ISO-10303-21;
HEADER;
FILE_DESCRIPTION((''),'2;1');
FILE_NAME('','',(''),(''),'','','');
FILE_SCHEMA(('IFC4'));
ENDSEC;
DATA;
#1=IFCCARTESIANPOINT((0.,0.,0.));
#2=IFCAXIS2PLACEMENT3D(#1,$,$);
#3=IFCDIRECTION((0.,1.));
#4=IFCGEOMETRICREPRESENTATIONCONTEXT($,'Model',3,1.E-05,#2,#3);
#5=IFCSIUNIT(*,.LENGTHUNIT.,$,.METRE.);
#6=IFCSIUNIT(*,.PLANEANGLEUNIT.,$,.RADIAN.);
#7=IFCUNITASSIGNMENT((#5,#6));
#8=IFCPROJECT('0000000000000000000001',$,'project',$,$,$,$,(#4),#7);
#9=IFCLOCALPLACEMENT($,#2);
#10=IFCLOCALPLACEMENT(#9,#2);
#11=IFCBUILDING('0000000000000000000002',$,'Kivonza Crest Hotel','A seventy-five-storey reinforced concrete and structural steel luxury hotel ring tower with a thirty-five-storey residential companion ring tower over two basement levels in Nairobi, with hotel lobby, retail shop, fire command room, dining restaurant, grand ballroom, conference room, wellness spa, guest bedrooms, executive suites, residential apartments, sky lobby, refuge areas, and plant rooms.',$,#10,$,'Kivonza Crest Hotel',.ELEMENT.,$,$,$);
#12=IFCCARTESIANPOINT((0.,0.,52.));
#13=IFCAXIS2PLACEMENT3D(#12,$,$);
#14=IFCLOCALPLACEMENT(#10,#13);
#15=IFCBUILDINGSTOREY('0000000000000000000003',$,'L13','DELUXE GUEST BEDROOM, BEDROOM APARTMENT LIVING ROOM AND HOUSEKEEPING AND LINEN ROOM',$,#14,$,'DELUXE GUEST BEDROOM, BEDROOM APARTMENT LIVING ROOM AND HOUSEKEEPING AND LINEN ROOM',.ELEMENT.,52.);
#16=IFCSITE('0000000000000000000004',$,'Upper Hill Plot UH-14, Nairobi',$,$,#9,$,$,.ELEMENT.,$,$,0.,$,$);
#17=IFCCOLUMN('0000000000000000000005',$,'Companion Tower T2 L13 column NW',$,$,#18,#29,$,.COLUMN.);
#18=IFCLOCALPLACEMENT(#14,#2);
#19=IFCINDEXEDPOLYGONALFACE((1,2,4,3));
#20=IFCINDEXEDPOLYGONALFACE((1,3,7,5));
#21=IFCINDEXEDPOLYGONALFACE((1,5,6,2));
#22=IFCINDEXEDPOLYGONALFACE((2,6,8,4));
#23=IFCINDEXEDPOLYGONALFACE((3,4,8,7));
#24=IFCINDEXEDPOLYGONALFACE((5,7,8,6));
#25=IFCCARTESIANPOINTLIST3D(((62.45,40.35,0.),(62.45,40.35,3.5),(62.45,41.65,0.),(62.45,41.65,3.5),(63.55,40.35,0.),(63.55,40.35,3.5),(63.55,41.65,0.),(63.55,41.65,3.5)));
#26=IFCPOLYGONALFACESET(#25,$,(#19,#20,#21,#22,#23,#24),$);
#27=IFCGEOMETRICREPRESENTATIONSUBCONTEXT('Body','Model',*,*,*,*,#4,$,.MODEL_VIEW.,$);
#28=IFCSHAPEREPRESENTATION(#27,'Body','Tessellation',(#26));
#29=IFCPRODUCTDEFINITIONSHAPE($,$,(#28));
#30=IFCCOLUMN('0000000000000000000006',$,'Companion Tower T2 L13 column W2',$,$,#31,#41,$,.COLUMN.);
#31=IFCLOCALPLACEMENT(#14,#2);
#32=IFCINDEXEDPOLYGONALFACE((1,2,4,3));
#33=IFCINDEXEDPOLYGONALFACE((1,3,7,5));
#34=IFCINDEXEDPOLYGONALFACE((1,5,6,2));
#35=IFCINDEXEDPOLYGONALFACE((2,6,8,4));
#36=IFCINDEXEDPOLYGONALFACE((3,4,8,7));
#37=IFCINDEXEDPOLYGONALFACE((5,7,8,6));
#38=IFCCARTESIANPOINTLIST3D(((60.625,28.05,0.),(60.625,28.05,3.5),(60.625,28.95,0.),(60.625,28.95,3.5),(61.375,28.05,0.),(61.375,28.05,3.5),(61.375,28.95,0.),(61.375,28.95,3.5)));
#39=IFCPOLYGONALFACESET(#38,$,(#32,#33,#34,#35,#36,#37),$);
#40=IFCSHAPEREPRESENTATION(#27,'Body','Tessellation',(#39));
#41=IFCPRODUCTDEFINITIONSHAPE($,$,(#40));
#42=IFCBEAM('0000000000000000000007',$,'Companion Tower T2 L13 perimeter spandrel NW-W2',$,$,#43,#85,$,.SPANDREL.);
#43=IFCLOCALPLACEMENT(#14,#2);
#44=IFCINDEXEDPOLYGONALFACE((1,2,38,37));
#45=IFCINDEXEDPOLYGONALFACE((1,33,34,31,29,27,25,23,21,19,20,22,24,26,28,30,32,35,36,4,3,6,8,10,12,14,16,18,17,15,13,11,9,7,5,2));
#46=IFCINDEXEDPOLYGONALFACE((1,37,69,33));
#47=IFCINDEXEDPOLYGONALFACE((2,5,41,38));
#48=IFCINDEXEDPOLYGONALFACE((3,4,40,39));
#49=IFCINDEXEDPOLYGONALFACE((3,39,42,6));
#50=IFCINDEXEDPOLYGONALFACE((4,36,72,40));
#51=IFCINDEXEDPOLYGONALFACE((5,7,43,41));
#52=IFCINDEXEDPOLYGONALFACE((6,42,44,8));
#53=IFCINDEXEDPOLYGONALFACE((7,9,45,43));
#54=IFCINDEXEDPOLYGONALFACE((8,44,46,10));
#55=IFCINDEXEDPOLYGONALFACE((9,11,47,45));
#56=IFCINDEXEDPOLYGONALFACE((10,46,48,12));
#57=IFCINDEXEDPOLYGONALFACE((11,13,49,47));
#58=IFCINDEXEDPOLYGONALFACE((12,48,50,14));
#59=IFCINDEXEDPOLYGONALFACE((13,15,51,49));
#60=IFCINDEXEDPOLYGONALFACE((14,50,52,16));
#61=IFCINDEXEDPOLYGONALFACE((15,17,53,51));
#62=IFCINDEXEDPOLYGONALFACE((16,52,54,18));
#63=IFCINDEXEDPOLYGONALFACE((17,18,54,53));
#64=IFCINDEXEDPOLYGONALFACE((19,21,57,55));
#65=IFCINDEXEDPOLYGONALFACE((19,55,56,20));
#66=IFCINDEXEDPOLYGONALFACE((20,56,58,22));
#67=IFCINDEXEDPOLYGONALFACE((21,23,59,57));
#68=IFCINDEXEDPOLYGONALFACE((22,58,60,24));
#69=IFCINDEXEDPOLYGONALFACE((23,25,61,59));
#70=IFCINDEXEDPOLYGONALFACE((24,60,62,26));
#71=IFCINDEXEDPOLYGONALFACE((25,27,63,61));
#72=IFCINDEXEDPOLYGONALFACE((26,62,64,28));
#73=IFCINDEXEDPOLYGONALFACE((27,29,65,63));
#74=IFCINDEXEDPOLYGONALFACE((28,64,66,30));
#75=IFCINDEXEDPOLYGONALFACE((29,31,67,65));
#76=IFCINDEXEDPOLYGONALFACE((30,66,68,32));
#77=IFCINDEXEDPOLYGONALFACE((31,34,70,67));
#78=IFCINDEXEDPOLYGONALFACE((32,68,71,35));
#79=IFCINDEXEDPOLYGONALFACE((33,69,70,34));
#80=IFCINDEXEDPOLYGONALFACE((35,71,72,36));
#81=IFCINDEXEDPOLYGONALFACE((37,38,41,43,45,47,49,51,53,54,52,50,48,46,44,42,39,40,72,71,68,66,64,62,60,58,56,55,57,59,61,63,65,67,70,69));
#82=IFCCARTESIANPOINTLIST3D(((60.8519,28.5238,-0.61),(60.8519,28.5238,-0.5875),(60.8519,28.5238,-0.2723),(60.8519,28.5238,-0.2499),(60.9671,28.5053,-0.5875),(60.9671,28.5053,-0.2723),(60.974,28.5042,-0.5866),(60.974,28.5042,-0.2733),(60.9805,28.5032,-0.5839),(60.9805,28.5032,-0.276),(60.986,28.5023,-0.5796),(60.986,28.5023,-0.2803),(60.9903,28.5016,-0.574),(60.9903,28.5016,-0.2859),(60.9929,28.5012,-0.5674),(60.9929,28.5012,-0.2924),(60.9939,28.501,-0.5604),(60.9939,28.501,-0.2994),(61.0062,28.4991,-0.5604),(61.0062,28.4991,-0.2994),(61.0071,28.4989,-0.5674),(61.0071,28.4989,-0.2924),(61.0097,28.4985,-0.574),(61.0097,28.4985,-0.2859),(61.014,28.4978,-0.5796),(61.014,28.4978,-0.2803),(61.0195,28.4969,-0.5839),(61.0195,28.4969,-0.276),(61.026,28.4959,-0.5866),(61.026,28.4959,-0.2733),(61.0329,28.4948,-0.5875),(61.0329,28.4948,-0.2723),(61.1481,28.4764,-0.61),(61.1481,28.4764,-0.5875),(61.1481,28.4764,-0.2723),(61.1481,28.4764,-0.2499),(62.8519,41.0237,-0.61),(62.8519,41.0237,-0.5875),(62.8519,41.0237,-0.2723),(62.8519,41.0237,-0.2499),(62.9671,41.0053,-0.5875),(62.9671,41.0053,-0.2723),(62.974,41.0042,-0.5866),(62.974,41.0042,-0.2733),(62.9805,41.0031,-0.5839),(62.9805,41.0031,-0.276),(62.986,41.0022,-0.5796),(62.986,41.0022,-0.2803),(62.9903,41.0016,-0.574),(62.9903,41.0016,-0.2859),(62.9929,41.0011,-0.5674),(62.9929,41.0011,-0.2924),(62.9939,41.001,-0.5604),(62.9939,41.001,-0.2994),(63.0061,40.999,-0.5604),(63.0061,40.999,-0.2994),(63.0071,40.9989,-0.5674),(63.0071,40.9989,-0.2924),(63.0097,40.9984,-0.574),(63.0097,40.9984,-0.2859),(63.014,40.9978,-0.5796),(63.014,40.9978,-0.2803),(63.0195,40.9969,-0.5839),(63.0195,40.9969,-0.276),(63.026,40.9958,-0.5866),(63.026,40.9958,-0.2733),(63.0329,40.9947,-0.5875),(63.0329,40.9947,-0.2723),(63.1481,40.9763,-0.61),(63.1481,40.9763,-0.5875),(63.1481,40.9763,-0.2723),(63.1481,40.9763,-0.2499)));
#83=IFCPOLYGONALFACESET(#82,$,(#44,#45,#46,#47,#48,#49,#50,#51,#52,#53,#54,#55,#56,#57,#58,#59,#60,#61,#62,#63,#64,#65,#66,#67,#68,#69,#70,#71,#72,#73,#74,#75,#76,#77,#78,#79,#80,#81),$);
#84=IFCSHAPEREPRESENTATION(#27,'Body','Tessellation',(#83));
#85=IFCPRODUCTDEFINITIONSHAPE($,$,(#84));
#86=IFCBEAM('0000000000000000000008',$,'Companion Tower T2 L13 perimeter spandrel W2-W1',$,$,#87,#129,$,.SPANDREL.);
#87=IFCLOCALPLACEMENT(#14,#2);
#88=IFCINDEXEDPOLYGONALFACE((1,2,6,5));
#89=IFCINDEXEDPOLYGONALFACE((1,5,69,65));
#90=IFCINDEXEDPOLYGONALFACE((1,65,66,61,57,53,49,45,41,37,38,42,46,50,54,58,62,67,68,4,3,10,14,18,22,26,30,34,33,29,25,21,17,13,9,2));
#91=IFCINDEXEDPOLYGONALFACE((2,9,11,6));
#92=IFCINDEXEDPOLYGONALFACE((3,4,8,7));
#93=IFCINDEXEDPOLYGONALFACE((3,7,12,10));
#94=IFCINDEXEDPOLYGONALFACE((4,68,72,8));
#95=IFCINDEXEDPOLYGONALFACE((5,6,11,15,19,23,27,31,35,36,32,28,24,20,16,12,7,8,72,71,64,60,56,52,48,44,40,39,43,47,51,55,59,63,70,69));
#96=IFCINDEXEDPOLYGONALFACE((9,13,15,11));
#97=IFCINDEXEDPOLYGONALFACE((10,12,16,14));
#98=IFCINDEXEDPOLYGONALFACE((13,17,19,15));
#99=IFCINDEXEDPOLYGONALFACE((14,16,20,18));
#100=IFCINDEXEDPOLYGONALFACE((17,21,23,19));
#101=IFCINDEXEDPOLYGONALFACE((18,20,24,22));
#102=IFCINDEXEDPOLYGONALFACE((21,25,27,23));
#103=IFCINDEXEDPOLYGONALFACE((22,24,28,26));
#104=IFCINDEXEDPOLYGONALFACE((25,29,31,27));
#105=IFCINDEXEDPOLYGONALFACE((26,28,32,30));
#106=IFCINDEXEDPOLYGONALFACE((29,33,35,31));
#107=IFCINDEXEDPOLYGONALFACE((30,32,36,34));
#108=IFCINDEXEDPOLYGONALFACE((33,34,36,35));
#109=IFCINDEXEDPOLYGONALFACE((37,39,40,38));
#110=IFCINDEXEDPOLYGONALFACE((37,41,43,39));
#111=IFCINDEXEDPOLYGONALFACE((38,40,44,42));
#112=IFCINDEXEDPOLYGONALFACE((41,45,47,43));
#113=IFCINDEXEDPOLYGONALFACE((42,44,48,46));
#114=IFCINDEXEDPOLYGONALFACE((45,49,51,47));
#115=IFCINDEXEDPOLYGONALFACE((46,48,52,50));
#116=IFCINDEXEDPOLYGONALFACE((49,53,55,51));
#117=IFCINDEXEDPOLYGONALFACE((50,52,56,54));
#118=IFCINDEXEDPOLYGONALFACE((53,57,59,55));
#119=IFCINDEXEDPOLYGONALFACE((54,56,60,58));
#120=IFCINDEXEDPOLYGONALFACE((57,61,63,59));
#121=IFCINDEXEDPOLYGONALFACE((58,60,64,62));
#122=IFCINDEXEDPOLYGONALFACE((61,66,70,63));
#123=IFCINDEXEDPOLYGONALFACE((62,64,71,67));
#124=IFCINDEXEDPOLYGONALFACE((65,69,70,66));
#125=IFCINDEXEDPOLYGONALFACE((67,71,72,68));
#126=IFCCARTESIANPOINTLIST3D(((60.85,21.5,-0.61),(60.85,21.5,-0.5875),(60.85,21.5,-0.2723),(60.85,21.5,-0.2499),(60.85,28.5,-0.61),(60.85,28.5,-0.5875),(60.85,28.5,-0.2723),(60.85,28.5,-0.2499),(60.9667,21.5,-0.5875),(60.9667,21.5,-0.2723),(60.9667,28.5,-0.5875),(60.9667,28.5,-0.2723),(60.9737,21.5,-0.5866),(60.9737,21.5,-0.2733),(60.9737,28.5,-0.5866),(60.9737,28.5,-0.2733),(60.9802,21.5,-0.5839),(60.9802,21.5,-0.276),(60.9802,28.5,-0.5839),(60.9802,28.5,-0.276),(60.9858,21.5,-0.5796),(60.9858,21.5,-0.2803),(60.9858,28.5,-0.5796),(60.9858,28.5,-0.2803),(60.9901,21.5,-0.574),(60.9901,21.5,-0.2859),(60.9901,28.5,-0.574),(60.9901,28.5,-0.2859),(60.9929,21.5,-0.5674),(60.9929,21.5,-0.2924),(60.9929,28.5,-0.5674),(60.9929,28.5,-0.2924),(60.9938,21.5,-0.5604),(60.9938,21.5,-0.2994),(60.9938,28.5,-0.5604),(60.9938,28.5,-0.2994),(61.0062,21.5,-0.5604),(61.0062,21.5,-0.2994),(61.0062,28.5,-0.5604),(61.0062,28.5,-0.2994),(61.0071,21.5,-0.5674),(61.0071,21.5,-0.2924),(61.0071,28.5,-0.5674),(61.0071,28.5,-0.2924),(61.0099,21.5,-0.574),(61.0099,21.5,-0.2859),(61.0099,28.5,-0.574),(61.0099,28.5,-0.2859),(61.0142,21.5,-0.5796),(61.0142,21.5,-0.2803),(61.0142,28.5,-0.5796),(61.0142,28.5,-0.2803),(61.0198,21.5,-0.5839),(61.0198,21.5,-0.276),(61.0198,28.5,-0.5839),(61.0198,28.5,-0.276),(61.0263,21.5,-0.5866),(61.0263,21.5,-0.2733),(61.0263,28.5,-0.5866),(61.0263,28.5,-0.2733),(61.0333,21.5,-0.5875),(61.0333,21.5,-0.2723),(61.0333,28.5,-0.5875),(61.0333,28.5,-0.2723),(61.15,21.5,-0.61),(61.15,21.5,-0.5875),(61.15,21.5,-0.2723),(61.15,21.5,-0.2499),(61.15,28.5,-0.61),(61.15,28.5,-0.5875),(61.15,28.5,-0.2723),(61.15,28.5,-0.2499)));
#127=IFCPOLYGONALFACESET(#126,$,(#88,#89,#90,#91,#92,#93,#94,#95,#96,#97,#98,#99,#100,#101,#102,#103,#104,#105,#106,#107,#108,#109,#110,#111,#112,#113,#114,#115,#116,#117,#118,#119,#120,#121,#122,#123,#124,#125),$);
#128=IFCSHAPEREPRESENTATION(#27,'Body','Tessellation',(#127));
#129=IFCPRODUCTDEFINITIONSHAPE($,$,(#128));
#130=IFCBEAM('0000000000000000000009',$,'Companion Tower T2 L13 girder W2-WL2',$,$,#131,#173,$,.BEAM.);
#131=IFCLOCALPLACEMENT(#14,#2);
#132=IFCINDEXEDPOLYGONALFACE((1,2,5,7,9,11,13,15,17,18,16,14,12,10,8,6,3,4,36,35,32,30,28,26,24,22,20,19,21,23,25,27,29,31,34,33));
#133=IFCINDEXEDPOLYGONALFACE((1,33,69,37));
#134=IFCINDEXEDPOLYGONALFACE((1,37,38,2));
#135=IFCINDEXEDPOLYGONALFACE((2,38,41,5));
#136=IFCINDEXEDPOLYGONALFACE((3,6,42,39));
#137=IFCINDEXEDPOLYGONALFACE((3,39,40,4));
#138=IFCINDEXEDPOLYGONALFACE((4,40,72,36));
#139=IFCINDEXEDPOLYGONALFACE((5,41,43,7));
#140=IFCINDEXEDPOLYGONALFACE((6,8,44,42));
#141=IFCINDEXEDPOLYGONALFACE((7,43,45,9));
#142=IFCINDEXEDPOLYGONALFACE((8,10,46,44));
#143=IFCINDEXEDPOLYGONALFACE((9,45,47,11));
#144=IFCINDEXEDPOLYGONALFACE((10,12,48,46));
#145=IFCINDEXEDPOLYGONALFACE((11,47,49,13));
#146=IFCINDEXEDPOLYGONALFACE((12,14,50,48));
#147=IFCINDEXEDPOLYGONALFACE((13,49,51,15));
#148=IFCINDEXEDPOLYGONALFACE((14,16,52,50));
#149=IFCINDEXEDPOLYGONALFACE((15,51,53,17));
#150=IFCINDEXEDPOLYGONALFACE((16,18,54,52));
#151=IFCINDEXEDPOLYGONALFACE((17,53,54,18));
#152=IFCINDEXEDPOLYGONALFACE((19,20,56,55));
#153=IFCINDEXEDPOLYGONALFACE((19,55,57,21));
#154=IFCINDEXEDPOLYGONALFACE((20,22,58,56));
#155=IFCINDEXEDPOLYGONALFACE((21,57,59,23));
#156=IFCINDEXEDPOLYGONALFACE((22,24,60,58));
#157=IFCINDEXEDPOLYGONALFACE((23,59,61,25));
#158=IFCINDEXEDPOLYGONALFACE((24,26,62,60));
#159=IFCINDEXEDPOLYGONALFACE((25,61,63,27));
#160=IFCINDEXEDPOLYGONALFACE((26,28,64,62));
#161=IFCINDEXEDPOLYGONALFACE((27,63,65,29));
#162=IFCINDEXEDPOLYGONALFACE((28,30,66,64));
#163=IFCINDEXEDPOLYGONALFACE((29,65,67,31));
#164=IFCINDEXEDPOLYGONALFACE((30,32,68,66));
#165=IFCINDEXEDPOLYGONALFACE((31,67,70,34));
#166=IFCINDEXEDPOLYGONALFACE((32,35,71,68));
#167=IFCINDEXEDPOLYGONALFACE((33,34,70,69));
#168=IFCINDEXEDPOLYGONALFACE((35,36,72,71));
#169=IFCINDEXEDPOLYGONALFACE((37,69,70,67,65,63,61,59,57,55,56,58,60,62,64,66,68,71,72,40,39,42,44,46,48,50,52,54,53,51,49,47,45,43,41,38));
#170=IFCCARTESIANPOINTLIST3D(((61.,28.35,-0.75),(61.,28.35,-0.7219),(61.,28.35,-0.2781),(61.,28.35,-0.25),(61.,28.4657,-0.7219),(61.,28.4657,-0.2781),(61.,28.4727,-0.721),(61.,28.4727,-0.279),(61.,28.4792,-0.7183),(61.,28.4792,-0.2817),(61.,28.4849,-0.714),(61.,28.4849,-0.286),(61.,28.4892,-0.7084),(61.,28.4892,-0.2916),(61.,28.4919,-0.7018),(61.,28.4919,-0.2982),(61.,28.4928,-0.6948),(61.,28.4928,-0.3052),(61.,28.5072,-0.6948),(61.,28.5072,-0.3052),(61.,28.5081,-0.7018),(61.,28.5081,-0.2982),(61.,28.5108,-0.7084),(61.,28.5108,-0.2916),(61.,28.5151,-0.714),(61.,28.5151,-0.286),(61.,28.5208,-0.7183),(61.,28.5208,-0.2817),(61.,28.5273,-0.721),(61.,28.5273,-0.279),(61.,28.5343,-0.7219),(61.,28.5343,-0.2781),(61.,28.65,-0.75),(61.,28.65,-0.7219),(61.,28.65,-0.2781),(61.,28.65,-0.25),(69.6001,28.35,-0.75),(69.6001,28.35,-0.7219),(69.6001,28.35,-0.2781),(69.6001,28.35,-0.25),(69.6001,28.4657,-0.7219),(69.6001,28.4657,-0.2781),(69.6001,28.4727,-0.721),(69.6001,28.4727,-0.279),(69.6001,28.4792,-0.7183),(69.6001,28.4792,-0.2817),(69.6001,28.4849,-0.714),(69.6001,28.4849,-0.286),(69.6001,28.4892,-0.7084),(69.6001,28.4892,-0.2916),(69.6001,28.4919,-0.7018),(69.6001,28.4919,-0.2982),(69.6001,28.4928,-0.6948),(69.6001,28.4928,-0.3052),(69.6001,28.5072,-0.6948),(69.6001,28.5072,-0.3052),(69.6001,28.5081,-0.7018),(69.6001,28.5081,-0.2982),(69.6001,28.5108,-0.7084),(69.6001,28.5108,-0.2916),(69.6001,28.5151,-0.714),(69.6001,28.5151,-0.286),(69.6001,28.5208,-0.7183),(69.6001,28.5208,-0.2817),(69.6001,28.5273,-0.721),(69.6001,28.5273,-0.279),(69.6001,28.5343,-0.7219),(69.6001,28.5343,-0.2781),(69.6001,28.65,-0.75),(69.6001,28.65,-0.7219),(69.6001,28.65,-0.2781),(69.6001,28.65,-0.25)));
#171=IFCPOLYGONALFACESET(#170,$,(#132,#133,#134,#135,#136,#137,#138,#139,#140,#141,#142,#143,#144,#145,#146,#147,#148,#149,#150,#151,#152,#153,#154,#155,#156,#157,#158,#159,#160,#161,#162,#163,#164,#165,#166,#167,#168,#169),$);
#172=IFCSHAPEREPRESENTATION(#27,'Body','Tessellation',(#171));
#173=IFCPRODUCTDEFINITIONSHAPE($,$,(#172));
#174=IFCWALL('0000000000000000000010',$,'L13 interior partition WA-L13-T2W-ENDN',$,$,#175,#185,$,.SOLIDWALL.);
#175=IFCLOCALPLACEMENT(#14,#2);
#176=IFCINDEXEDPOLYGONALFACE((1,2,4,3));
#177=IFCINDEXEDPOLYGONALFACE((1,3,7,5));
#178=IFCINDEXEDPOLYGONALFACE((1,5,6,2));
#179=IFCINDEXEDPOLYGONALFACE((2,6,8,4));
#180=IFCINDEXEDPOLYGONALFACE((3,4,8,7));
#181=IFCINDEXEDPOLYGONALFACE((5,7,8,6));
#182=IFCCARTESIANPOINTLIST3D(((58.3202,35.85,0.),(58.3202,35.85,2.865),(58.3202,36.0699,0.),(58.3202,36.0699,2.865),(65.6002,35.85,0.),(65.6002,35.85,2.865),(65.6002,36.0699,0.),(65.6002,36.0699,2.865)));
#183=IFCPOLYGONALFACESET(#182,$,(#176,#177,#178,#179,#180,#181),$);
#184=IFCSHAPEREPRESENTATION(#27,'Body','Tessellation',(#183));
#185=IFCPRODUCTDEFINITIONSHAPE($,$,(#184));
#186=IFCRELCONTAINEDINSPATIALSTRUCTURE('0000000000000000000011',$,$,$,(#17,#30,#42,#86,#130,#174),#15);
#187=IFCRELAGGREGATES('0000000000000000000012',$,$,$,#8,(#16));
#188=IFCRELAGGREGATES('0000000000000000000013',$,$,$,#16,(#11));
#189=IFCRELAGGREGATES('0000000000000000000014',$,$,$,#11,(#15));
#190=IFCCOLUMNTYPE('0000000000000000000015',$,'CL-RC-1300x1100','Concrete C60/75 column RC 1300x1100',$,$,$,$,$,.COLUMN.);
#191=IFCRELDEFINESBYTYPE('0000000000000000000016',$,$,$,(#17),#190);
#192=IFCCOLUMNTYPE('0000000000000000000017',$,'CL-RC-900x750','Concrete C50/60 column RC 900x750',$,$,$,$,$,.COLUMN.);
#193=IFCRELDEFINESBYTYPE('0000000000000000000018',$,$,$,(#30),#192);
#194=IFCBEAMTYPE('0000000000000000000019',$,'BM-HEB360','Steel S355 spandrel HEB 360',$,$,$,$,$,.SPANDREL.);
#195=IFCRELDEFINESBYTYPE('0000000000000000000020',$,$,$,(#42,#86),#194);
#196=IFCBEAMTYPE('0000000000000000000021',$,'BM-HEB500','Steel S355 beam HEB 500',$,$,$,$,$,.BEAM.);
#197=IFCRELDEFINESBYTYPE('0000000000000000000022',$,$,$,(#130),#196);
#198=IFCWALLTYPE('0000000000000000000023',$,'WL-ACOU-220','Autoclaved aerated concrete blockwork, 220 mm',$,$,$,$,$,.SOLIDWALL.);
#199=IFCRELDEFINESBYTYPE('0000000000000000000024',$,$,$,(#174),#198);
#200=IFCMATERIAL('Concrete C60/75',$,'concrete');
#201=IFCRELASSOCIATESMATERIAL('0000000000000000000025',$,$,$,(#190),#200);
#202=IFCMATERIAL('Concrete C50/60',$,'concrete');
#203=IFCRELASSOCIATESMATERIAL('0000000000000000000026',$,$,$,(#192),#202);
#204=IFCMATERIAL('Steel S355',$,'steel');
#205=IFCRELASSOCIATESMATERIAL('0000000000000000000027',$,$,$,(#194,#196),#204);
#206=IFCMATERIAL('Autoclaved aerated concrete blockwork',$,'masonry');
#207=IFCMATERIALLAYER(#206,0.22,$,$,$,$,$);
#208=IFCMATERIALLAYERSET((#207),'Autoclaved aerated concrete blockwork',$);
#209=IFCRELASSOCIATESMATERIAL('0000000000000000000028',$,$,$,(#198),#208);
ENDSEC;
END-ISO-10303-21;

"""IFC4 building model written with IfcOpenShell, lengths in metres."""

from ifc_helpers import new_model, si_unit, direction, frame, frame_2d, origin, origin_2d, place, context, subcontext, project, spatial, rectangle, i_section, extrude, material, layer, layer_set, material_profile, profile_set, type_object, element, save


model = new_model("IFC4")

# Units and contexts
model_context = context("Model", 3, precision=1e-05, world=origin(), true_north=direction((0.0, 1.0)))
body_context = subcontext(model_context, "Body", "Model", "MODEL_VIEW")
ifc_project = project(units=[si_unit("LENGTHUNIT", "METRE"), si_unit("PLANEANGLEUNIT", "RADIAN")], contexts=[model_context])

# Site, building, storey
site_placement = place(None, origin())
site = spatial("IfcSite", under=ifc_project, at=site_placement, Name="Upper Hill Plot UH-14, Nairobi", CompositionType="ELEMENT", RefElevation=0.0)
building_placement = place(site_placement, origin())
building = spatial("IfcBuilding", under=site, at=building_placement, Name="Kivonza Crest Hotel", Description="A seventy-five-storey reinforced concrete and structural steel luxury hotel ring tower with a thirty-five-storey residential companion ring tower over two basement levels in Nairobi, with hotel lobby, retail shop, fire command room, dining restaurant, grand ballroom, conference room, wellness spa, guest bedrooms, executive suites, residential apartments, sky lobby, refuge areas, and plant rooms.", LongName="Kivonza Crest Hotel", CompositionType="ELEMENT")
storey_placement = place(building_placement, frame((0.0, 0.0, 52.0)))
storey = spatial("IfcBuildingStorey", under=building, at=storey_placement, Name="L13", Description="DELUXE GUEST BEDROOM, BEDROOM APARTMENT LIVING ROOM AND HOUSEKEEPING AND LINEN ROOM", LongName="DELUXE GUEST BEDROOM, BEDROOM APARTMENT LIVING ROOM AND HOUSEKEEPING AND LINEN ROOM", CompositionType="ELEMENT", Elevation=52.0)

# Columns
ifc_material_1 = material(Name="Concrete C60/75", Category="concrete")
ifc_material_profile_1 = material_profile(ifc_material_1, rectangle(XDim=1.1001, YDim=1.3, at=origin_2d()), Name="RC 1300x1100")
ifc_profile_set_1 = profile_set([ifc_material_profile_1], Name="Concrete C60/75")
column_type_1 = type_object("IfcColumnType", Name="CL-RC-1300x1100", Description="Concrete C60/75 column RC 1300x1100", PredefinedType="COLUMN", material=ifc_profile_set_1)
column_1_placement = place(storey_placement, frame((63.0, 41.0, 0.0), z_axis=(0.0, 0.0, 1.0), x_axis=(1.0, 0.0, 0.0)))
element("IfcColumn", 1, at=column_1_placement, inside=storey, type_object=column_type_1, Name="Companion Tower T2 L13 column NW", PredefinedType="COLUMN", context=body_context, shape_type="SweptSolid", body=[
    extrude(rectangle(XDim=1.1001, YDim=1.3, at=origin_2d()), origin(), (0.0, 0.0, 1.0), 3.5),
])
ifc_material_2 = material(Name="Concrete C50/60", Category="concrete")
ifc_material_profile_2 = material_profile(ifc_material_2, rectangle(XDim=0.75, YDim=0.8999, at=origin_2d()), Name="RC 900x750")
ifc_profile_set_2 = profile_set([ifc_material_profile_2], Name="Concrete C50/60")
column_type_2 = type_object("IfcColumnType", Name="CL-RC-900x750", Description="Concrete C50/60 column RC 900x750", PredefinedType="COLUMN", material=ifc_profile_set_2)
column_2_placement = place(storey_placement, frame((61.0, 28.5, 0.0), z_axis=(0.0, 0.0, 1.0), x_axis=(1.0, 0.0, 0.0)))
element("IfcColumn", 2, at=column_2_placement, inside=storey, type_object=column_type_2, Name="Companion Tower T2 L13 column W2", PredefinedType="COLUMN", context=body_context, shape_type="SweptSolid", body=[
    extrude(rectangle(XDim=0.75, YDim=0.8999, at=origin_2d()), origin(), (0.0, 0.0, 1.0), 3.5),
])

# Beams
ifc_material_3 = material(Name="Steel S355", Category="steel")
ifc_material_profile_3 = material_profile(ifc_material_3, i_section(OverallWidth=0.3, OverallDepth=0.3601, WebThickness=0.0125, FlangeThickness=0.0225, FilletRadius=0.0271, at=origin_2d()), Name="HEB 360")
ifc_profile_set_3 = profile_set([ifc_material_profile_3], Name="Steel S355")
beam_type_1 = type_object("IfcBeamType", Name="BM-HEB360", Description="Steel S355 spandrel HEB 360", PredefinedType="SPANDREL", material=ifc_profile_set_3)
beam_1_placement = place(storey_placement, frame((63.0, 41.0, -0.4299), z_axis=(-0.157991, -0.987441, 0.0), x_axis=(0.987441, -0.157991, 0.0)))
element("IfcBeam", 3, at=beam_1_placement, inside=storey, type_object=beam_type_1, Name="Companion Tower T2 L13 perimeter spandrel NW-W2", PredefinedType="SPANDREL", context=body_context, shape_type="SweptSolid", body=[
    extrude(i_section(OverallWidth=0.3, OverallDepth=0.3601, WebThickness=0.0125, FlangeThickness=0.0225, FilletRadius=0.0271, at=origin_2d()), origin(), (0.0, 0.0, 1.0), 12.6589),
])
beam_2_placement = place(storey_placement, frame((61.0, 28.5, -0.4299), z_axis=(0.0, -1.0, 0.0), x_axis=(1.0, 0.0, 0.0)))
element("IfcBeam", 4, at=beam_2_placement, inside=storey, type_object=beam_type_1, Name="Companion Tower T2 L13 perimeter spandrel W2-W1", PredefinedType="SPANDREL", context=body_context, shape_type="SweptSolid", body=[
    extrude(i_section(OverallWidth=0.3, OverallDepth=0.3601, WebThickness=0.0125, FlangeThickness=0.0225, FilletRadius=0.0271, at=origin_2d()), origin(), (0.0, 0.0, 1.0), 7.0),
])
ifc_material_profile_4 = material_profile(ifc_material_3, i_section(OverallWidth=0.3, OverallDepth=0.5, WebThickness=0.0144, FlangeThickness=0.0281, FilletRadius=0.0271, at=origin_2d()), Name="HEB 500")
ifc_profile_set_4 = profile_set([ifc_material_profile_4], Name="Steel S355")
beam_type_2 = type_object("IfcBeamType", Name="BM-HEB500", Description="Steel S355 beam HEB 500", PredefinedType="BEAM", material=ifc_profile_set_4)
beam_3_placement = place(storey_placement, frame((61.0, 28.5, -0.5), z_axis=(1.0, 0.0, 0.0), x_axis=(0.0, 1.0, 0.0)))
element("IfcBeam", 5, at=beam_3_placement, inside=storey, type_object=beam_type_2, Name="Companion Tower T2 L13 girder W2-WL2", PredefinedType="BEAM", context=body_context, shape_type="SweptSolid", body=[
    extrude(i_section(OverallWidth=0.3, OverallDepth=0.5, WebThickness=0.0144, FlangeThickness=0.0281, FilletRadius=0.0271, at=origin_2d()), origin(), (0.0, 0.0, 1.0), 8.6001),
])

# Wall
ifc_material_4 = material(Name="Autoclaved aerated concrete blockwork", Category="masonry")
ifc_layer_1 = layer(ifc_material_4, 0.22)
ifc_layer_set_1 = layer_set([ifc_layer_1], Name="Autoclaved aerated concrete blockwork")
wall_type_1 = type_object("IfcWallType", Name="WL-ACOU-220", Description="Autoclaved aerated concrete blockwork, 220 mm", PredefinedType="SOLIDWALL", material=ifc_layer_set_1)
wall_1_placement = place(storey_placement, frame((58.3201, 35.96, 0.0), z_axis=(0.0, 0.0, 1.0), x_axis=(1.0, 0.0, 0.0)))
element("IfcWall", 6, at=wall_1_placement, inside=storey, type_object=wall_type_1, Name="L13 interior partition WA-L13-T2W-ENDN", PredefinedType="SOLIDWALL", context=body_context, shape_type="SweptSolid", body=[
    extrude(rectangle(XDim=7.28, YDim=0.22, at=frame_2d((3.6401, 0.0))), origin(), (0.0, 0.0, 1.0), 2.865),
])

save(model, "model.ifc")
